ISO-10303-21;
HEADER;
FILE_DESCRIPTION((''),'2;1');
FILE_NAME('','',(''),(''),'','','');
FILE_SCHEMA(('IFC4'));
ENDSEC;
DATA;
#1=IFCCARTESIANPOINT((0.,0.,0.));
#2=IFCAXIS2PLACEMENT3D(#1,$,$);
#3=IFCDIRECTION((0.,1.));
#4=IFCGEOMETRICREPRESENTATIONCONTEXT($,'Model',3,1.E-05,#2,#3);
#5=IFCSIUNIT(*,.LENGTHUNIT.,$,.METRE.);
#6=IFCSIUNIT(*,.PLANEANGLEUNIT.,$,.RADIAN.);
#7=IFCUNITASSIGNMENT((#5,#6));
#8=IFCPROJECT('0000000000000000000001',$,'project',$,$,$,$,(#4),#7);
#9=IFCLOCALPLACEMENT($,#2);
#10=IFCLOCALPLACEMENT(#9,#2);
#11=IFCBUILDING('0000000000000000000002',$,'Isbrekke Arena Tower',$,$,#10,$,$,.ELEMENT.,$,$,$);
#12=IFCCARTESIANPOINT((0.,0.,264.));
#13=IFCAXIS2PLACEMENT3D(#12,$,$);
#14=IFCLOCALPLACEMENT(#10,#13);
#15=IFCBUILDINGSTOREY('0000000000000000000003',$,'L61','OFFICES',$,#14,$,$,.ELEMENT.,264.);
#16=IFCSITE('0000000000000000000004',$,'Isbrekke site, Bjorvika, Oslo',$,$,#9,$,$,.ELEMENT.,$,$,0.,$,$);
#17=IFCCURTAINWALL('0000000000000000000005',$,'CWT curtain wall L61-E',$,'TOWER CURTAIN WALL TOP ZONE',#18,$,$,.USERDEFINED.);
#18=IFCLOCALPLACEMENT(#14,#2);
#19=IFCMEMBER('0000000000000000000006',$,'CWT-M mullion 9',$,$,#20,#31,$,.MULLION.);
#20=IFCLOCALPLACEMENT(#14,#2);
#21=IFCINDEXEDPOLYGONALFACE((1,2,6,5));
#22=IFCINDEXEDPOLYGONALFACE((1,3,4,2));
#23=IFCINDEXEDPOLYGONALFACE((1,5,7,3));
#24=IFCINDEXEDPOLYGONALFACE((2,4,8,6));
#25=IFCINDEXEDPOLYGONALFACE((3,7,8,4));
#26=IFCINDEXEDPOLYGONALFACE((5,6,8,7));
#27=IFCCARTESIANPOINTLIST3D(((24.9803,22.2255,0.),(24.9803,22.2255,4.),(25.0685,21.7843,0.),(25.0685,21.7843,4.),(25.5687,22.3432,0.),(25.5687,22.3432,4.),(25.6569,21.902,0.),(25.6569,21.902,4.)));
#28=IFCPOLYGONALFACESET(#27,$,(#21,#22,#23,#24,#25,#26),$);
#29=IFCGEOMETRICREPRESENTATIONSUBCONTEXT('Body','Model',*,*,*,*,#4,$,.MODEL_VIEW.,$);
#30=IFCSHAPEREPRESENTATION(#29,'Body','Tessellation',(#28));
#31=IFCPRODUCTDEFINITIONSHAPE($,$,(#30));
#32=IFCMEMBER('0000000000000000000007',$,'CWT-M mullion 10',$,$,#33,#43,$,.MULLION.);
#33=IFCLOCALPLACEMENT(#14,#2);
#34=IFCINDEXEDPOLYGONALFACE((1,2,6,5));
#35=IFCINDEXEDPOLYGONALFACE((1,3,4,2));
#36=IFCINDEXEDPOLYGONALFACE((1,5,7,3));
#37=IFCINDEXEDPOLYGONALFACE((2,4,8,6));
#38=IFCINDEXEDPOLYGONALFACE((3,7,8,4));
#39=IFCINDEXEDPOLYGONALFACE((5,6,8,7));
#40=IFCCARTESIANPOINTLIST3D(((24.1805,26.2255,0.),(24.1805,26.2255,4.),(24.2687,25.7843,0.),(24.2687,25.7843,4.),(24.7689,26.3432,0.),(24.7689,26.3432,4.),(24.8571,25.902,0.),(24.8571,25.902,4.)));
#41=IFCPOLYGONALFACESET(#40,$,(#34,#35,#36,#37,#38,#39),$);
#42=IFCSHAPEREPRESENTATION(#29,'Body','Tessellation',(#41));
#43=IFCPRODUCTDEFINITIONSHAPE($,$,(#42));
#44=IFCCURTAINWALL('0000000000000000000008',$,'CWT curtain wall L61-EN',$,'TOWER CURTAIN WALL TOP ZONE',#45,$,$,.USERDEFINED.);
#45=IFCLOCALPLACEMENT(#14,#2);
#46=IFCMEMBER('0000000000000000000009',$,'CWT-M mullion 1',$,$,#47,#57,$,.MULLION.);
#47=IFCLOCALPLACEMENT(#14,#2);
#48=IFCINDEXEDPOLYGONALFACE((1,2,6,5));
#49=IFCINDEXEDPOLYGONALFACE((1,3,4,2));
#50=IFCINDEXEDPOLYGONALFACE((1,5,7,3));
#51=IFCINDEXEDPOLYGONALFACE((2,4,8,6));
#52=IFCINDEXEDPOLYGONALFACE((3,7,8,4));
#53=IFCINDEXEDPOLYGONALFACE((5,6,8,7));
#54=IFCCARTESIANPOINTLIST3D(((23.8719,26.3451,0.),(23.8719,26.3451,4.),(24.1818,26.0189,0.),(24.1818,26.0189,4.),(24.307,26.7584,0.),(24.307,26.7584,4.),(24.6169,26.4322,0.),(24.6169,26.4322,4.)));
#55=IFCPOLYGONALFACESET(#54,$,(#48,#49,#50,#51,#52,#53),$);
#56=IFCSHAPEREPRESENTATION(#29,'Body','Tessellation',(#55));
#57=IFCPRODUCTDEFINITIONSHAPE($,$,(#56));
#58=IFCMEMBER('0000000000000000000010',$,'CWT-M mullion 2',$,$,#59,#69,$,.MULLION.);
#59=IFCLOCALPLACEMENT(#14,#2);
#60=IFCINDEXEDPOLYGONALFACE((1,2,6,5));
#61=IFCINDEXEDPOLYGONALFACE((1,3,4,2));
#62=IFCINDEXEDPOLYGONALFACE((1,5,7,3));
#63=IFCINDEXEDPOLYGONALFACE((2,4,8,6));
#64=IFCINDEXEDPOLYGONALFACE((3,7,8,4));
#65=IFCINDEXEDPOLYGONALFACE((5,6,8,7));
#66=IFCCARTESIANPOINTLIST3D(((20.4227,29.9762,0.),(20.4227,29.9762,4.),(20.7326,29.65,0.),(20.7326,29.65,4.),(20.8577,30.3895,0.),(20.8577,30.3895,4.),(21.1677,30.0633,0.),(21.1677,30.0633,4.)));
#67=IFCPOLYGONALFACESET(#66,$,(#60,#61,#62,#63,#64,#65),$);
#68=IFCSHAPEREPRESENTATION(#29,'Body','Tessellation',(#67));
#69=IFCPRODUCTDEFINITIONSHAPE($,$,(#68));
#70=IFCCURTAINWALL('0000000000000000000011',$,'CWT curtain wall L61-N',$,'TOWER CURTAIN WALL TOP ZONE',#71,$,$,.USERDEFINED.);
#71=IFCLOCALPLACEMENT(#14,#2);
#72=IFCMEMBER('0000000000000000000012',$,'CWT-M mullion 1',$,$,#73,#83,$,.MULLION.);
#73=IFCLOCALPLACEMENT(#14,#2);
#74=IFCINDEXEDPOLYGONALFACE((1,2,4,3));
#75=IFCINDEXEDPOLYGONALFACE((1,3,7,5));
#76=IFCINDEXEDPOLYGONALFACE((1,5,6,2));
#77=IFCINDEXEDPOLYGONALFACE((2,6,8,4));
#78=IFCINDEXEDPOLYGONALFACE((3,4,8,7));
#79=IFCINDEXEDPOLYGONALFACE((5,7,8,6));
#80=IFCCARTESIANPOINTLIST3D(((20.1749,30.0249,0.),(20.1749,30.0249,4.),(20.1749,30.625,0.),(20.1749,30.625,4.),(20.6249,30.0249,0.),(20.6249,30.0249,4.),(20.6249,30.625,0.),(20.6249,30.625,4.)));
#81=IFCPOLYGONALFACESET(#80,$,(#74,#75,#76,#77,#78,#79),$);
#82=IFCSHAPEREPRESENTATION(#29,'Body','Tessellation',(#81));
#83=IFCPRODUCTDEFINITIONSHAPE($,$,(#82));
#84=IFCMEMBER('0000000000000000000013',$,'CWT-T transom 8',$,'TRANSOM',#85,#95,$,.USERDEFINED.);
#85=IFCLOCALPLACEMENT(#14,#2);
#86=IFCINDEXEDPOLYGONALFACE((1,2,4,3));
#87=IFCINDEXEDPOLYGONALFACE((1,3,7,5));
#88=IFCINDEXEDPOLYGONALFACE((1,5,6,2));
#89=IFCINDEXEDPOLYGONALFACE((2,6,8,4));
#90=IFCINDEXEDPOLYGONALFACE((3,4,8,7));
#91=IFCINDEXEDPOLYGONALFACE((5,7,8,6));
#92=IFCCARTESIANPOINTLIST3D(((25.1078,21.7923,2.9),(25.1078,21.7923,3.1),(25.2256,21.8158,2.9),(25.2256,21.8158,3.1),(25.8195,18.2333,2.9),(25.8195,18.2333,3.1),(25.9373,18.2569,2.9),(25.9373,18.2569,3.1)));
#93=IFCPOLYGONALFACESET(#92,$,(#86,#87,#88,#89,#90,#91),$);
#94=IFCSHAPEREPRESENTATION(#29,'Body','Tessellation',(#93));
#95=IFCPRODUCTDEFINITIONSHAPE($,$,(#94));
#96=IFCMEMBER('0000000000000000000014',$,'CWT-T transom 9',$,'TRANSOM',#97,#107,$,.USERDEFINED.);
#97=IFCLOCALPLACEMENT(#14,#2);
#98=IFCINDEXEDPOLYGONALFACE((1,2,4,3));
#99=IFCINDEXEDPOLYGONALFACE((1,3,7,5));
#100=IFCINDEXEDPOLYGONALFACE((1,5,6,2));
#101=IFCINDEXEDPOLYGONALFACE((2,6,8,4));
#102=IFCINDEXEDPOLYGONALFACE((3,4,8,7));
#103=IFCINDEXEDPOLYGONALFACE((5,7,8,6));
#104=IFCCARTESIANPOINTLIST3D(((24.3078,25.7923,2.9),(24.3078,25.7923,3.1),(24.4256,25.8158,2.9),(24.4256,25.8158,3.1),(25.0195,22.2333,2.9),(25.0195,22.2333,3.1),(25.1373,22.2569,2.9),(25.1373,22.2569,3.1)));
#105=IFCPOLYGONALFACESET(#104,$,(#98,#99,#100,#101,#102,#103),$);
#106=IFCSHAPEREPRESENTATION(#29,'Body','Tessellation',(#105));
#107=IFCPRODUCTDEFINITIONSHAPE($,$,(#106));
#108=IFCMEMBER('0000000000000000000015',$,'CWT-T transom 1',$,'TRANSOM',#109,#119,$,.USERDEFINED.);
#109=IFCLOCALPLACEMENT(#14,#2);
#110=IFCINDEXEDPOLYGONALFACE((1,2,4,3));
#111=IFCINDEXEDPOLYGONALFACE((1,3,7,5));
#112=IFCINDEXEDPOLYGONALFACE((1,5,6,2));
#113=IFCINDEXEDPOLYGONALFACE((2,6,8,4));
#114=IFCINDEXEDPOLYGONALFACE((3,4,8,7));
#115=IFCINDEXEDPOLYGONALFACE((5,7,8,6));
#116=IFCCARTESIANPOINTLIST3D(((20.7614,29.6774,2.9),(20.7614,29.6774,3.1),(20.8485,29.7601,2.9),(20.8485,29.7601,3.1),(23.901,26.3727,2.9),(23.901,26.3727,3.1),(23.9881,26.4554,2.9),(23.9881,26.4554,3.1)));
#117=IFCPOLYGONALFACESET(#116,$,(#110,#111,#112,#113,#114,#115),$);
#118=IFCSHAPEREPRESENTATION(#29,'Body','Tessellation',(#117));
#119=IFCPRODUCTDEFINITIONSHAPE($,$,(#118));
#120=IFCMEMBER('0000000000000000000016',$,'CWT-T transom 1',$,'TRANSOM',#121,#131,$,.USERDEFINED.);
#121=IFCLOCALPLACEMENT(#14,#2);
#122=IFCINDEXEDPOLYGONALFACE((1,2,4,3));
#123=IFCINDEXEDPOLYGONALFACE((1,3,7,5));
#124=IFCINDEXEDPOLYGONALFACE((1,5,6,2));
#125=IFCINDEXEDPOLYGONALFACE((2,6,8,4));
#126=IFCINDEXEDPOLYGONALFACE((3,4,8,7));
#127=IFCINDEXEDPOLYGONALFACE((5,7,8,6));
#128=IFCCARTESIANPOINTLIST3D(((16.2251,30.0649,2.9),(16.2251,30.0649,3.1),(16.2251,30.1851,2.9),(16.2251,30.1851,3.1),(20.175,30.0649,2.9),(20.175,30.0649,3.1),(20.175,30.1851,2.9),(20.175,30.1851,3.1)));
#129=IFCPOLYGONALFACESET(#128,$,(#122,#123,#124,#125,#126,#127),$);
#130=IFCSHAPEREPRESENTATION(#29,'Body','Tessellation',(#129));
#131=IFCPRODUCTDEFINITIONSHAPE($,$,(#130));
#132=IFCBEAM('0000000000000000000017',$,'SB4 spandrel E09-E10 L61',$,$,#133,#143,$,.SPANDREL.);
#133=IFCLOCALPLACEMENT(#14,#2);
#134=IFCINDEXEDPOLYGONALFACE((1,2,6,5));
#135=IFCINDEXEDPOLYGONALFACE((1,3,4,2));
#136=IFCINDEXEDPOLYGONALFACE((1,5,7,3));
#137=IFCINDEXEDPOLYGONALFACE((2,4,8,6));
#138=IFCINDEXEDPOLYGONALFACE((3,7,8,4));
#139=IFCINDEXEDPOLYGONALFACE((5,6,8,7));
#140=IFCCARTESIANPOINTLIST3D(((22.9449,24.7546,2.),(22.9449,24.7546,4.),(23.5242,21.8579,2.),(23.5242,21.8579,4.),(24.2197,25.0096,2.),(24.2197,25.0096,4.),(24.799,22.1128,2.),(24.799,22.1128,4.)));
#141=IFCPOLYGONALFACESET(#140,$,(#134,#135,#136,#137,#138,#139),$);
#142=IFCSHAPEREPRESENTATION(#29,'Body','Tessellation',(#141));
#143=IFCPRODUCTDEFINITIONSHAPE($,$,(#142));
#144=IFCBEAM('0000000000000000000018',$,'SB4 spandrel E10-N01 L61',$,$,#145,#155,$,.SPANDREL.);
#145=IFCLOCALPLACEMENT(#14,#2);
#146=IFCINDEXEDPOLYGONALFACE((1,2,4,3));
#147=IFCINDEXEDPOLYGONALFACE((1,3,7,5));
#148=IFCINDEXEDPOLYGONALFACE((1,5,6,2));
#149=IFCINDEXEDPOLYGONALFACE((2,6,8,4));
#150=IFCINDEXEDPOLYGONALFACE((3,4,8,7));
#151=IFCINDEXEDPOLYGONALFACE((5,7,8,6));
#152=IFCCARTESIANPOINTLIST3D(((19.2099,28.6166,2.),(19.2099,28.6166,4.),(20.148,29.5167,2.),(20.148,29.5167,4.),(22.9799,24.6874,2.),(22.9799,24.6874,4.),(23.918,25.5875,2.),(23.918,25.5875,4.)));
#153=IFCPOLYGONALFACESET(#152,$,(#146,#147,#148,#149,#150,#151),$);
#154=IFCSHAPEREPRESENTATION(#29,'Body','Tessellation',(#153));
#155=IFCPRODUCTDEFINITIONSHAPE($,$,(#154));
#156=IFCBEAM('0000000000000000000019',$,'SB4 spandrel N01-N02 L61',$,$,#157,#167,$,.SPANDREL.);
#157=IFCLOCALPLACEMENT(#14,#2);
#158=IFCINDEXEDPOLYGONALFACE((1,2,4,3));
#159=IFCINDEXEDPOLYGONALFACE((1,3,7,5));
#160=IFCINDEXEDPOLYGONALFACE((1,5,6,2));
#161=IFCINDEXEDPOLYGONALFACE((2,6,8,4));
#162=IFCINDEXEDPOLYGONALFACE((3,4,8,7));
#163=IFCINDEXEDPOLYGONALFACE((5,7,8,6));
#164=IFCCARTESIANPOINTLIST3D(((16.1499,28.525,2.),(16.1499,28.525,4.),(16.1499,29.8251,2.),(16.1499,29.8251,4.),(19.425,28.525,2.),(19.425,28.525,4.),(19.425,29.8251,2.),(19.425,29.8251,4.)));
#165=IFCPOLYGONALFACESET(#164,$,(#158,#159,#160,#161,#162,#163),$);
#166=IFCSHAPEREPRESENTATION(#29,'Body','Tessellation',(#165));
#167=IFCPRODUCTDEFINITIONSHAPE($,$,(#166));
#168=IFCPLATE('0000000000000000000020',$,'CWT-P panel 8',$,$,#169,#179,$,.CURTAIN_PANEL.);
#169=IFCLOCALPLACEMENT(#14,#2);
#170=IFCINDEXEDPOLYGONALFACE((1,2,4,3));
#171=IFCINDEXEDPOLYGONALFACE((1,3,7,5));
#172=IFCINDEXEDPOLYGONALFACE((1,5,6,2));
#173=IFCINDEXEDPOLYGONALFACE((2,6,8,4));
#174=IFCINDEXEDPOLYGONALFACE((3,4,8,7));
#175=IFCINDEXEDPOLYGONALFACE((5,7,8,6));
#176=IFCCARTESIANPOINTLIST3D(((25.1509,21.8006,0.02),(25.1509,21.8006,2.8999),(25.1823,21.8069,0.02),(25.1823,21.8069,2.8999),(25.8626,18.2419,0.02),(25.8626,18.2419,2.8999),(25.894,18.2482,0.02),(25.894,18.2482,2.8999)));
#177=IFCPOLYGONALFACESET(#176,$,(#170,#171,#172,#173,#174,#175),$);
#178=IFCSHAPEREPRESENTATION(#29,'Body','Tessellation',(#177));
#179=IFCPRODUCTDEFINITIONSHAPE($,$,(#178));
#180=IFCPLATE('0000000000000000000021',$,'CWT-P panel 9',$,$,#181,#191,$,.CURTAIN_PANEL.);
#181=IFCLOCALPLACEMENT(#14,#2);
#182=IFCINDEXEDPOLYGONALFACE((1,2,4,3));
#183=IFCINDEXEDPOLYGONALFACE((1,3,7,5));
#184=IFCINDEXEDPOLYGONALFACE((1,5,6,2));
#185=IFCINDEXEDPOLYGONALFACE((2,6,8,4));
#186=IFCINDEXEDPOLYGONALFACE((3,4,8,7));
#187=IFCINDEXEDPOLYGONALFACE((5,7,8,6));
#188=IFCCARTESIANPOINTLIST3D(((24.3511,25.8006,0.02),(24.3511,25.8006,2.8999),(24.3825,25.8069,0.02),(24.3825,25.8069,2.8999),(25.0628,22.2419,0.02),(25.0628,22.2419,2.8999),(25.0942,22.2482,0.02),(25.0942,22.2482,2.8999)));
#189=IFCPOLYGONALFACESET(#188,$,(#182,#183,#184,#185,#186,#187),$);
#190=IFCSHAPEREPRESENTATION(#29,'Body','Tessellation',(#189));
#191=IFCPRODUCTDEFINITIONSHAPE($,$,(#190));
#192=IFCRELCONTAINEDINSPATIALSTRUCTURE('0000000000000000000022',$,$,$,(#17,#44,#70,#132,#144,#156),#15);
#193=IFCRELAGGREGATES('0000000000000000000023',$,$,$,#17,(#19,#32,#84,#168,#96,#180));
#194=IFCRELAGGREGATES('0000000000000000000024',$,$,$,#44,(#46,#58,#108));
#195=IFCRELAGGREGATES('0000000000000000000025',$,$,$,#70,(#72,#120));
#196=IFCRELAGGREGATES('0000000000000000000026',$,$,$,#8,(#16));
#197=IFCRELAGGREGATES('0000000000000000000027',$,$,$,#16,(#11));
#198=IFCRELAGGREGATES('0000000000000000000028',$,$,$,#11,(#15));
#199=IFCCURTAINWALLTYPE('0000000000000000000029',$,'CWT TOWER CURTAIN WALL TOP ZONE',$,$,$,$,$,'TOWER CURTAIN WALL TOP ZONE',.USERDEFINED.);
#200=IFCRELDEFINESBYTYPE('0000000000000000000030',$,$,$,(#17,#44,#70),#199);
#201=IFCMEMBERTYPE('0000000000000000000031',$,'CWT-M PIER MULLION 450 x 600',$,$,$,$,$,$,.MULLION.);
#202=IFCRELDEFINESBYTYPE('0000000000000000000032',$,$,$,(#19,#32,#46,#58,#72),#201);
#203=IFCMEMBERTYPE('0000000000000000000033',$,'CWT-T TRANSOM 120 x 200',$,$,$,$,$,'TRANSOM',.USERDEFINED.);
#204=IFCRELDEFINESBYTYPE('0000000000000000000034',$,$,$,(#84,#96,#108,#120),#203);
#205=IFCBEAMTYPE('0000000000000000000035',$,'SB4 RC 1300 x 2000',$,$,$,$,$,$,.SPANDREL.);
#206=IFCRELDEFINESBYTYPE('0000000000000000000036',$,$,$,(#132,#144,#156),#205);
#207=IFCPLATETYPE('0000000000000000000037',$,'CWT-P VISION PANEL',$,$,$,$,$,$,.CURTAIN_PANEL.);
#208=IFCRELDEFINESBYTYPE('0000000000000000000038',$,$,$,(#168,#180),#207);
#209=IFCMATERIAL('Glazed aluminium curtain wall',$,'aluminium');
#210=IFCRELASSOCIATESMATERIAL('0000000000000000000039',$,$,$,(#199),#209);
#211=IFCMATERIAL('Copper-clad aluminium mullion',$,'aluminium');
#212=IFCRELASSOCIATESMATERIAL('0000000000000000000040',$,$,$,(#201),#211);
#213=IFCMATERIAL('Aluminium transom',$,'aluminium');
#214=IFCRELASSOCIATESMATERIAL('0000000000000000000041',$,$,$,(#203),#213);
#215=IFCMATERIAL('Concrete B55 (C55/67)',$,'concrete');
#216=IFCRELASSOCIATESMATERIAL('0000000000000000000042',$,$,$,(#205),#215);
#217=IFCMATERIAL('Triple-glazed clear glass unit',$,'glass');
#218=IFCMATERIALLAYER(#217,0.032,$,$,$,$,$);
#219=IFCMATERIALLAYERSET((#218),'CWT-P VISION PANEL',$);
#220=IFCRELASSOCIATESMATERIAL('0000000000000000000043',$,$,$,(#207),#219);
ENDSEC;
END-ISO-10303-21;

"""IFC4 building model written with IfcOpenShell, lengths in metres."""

from ifc_helpers import new_model, si_unit, direction, frame, origin, origin_2d, place, context, subcontext, project, spatial, rectangle, extrude, material, layer, layer_set, material_profile, profile_set, type_object, element, aggregate, save


model = new_model("IFC4")

# Units and contexts
model_context = context("Model", 3, precision=1e-05, world=origin(), true_north=direction((0.0, 1.0)))
body_context = subcontext(model_context, "Body", "Model", "MODEL_VIEW")
ifc_project = project(units=[si_unit("LENGTHUNIT", "METRE"), si_unit("PLANEANGLEUNIT", "RADIAN")], contexts=[model_context])

# Site, building, storey
site_placement = place(None, origin())
site = spatial("IfcSite", under=ifc_project, at=site_placement, Name="Isbrekke site, Bjorvika, Oslo", CompositionType="ELEMENT", RefElevation=0.0)
building_placement = place(site_placement, origin())
building = spatial("IfcBuilding", under=site, at=building_placement, Name="Isbrekke Arena Tower", CompositionType="ELEMENT")
storey_placement = place(building_placement, frame((0.0, 0.0, 264.0)))
storey = spatial("IfcBuildingStorey", under=building, at=storey_placement, Name="L61", Description="OFFICES", CompositionType="ELEMENT", Elevation=264.0)

# Curtain walls, members
ifc_material_1 = material(Name="Glazed aluminium curtain wall", Category="aluminium")
curtain_wall_type = type_object("IfcCurtainWallType", Name="CWT TOWER CURTAIN WALL TOP ZONE", ElementType="TOWER CURTAIN WALL TOP ZONE", PredefinedType="USERDEFINED", material=ifc_material_1)
curtain_wall_1_placement = place(storey_placement, origin())
curtain_wall_1 = element("IfcCurtainWall", 1, at=curtain_wall_1_placement, inside=storey, type_object=curtain_wall_type, Name="CWT curtain wall L61-E", ObjectType="TOWER CURTAIN WALL TOP ZONE", PredefinedType="USERDEFINED")
ifc_material_2 = material(Name="Copper-clad aluminium mullion", Category="aluminium")
ifc_material_profile_1 = material_profile(ifc_material_2, rectangle(XDim=0.45, YDim=0.6001, at=origin_2d()), Name="PIER 450X600")
ifc_profile_set_1 = profile_set([ifc_material_profile_1], Name="Copper-clad aluminium mullion")
member_type_1 = type_object("IfcMemberType", Name="CWT-M PIER MULLION 450 x 600", PredefinedType="MULLION", material=ifc_profile_set_1)
member_1_placement = place(storey_placement, frame((25.3186, 22.0637, 0.0), z_axis=(0.0, 0.0, 1.0), x_axis=(-0.196116, 0.980581, 0.0)))
member_1 = element("IfcMember", 2, at=member_1_placement, type_object=member_type_1, Name="CWT-M mullion 9", PredefinedType="MULLION", context=body_context, shape_type="SweptSolid", body=[
    extrude(rectangle(XDim=0.45, YDim=0.6001, at=origin_2d()), origin(), (0.0, 0.0, 1.0), 4.0),
])
member_2_placement = place(storey_placement, frame((24.5188, 26.0637, 0.0), z_axis=(0.0, 0.0, 1.0), x_axis=(-0.196116, 0.980581, 0.0)))
member_2 = element("IfcMember", 3, at=member_2_placement, type_object=member_type_1, Name="CWT-M mullion 10", PredefinedType="MULLION", context=body_context, shape_type="SweptSolid", body=[
    extrude(rectangle(XDim=0.45, YDim=0.6001, at=origin_2d()), origin(), (0.0, 0.0, 1.0), 4.0),
])
curtain_wall_2_placement = place(storey_placement, origin())
curtain_wall_2 = element("IfcCurtainWall", 4, at=curtain_wall_2_placement, inside=storey, type_object=curtain_wall_type, Name="CWT curtain wall L61-EN", ObjectType="TOWER CURTAIN WALL TOP ZONE", PredefinedType="USERDEFINED")
member_3_placement = place(storey_placement, frame((24.2444, 26.3887, 0.0), z_axis=(0.0, 0.0, 1.0), x_axis=(-0.688749, 0.724999, 0.0)))
member_3 = element("IfcMember", 5, at=member_3_placement, type_object=member_type_1, Name="CWT-M mullion 1", PredefinedType="MULLION", context=body_context, shape_type="SweptSolid", body=[
    extrude(rectangle(XDim=0.45, YDim=0.6001, at=origin_2d()), origin(), (0.0, 0.0, 1.0), 4.0),
])
member_4_placement = place(storey_placement, frame((20.7952, 30.0198, 0.0), z_axis=(0.0, 0.0, 1.0), x_axis=(-0.688749, 0.724999, 0.0)))
member_4 = element("IfcMember", 6, at=member_4_placement, type_object=member_type_1, Name="CWT-M mullion 2", PredefinedType="MULLION", context=body_context, shape_type="SweptSolid", body=[
    extrude(rectangle(XDim=0.45, YDim=0.6001, at=origin_2d()), origin(), (0.0, 0.0, 1.0), 4.0),
])

# Curtain wall, member
curtain_wall_3_placement = place(storey_placement, origin())
curtain_wall_3 = element("IfcCurtainWall", 7, at=curtain_wall_3_placement, inside=storey, type_object=curtain_wall_type, Name="CWT curtain wall L61-N", ObjectType="TOWER CURTAIN WALL TOP ZONE", PredefinedType="USERDEFINED")
member_5_placement = place(storey_placement, frame((20.3999, 30.325, 0.0), z_axis=(0.0, 0.0, 1.0), x_axis=(-1.0, 0.0, 0.0)))
member_5 = element("IfcMember", 8, at=member_5_placement, type_object=member_type_1, Name="CWT-M mullion 1", PredefinedType="MULLION", context=body_context, shape_type="SweptSolid", body=[
    extrude(rectangle(XDim=0.45, YDim=0.6001, at=origin_2d()), origin(), (0.0, 0.0, 1.0), 4.0),
])

# Members
ifc_material_3 = material(Name="Aluminium transom", Category="aluminium")
ifc_material_profile_2 = material_profile(ifc_material_3, rectangle(XDim=0.1201, YDim=0.2, at=origin_2d()), Name="TRANSOM 120X200")
ifc_profile_set_2 = profile_set([ifc_material_profile_2], Name="Aluminium transom")
member_type_2 = type_object("IfcMemberType", Name="CWT-T TRANSOM 120 x 200", ElementType="TRANSOM", PredefinedType="USERDEFINED", material=ifc_profile_set_2)
member_6_placement = place(storey_placement, frame((25.8784, 18.2451, 3.0), z_axis=(-0.19609, 0.980586, 0.0), x_axis=(-0.980586, -0.19609, 0.0)))
member_6 = element("IfcMember", 9, at=member_6_placement, type_object=member_type_2, Name="CWT-T transom 8", ObjectType="TRANSOM", PredefinedType="USERDEFINED", context=body_context, shape_type="SweptSolid", body=[
    extrude(rectangle(XDim=0.1201, YDim=0.2, at=origin_2d()), origin(), (0.0, 0.0, 1.0), 3.6294),
])
member_7_placement = place(storey_placement, frame((25.0784, 22.2451, 3.0), z_axis=(-0.19609, 0.980586, 0.0), x_axis=(-0.980586, -0.19609, 0.0)))
member_7 = element("IfcMember", 10, at=member_7_placement, type_object=member_type_2, Name="CWT-T transom 9", ObjectType="TRANSOM", PredefinedType="USERDEFINED", context=body_context, shape_type="SweptSolid", body=[
    extrude(rectangle(XDim=0.1201, YDim=0.2, at=origin_2d()), origin(), (0.0, 0.0, 1.0), 3.6294),
])
member_8_placement = place(storey_placement, frame((23.9446, 26.4141, 3.0), z_axis=(-0.688772, 0.724978, 0.0), x_axis=(-0.724978, -0.688772, 0.0)))
member_8 = element("IfcMember", 11, at=member_8_placement, type_object=member_type_2, Name="CWT-T transom 1", ObjectType="TRANSOM", PredefinedType="USERDEFINED", context=body_context, shape_type="SweptSolid", body=[
    extrude(rectangle(XDim=0.1201, YDim=0.2, at=origin_2d()), origin(), (0.0, 0.0, 1.0), 4.5583),
])
member_9_placement = place(storey_placement, frame((20.175, 30.125, 3.0), z_axis=(-1.0, 0.0, 0.0), x_axis=(0.0, -1.0, 0.0)))
member_9 = element("IfcMember", 12, at=member_9_placement, type_object=member_type_2, Name="CWT-T transom 1", ObjectType="TRANSOM", PredefinedType="USERDEFINED", context=body_context, shape_type="SweptSolid", body=[
    extrude(rectangle(XDim=0.1201, YDim=0.2, at=origin_2d()), origin(), (0.0, 0.0, 1.0), 3.95),
])

# Beams
ifc_material_4 = material(Name="Concrete B55 (C55/67)", Category="concrete")
ifc_material_profile_3 = material_profile(ifc_material_4, rectangle(XDim=1.3, YDim=2.0, at=origin_2d()), Name="RC 1300x2000")
ifc_profile_set_3 = profile_set([ifc_material_profile_3], Name="Concrete B55 (C55/67)")
beam_type_1 = type_object("IfcBeamType", Name="SB4 RC 1300 x 2000", PredefinedType="SPANDREL", material=ifc_profile_set_3)
beam_1_placement = place(storey_placement, frame((24.1616, 21.9854, 3.0), z_axis=(-0.196116, 0.980581, 0.0), x_axis=(-0.980581, -0.196116, 0.0)))
element("IfcBeam", 13, at=beam_1_placement, inside=storey, type_object=beam_type_1, Name="SB4 spandrel E09-E10 L61", PredefinedType="SPANDREL", context=body_context, shape_type="SweptSolid", body=[
    extrude(rectangle(XDim=1.3, YDim=2.0, at=origin_2d()), origin(), (0.0, 0.0, 1.0), 2.9541),
])
beam_2_placement = place(storey_placement, frame((23.449, 25.1375, 3.0), z_axis=(-0.69234, 0.721572, 0.0), x_axis=(-0.721572, -0.69234, 0.0)))
element("IfcBeam", 14, at=beam_2_placement, inside=storey, type_object=beam_type_1, Name="SB4 spandrel E10-N01 L61", PredefinedType="SPANDREL", context=body_context, shape_type="SweptSolid", body=[
    extrude(rectangle(XDim=1.3, YDim=2.0, at=origin_2d()), origin(), (0.0, 0.0, 1.0), 5.4453),
])
beam_3_placement = place(storey_placement, frame((19.425, 29.175, 3.0), z_axis=(-1.0, 0.0, 0.0), x_axis=(0.0, -1.0, 0.0)))
element("IfcBeam", 15, at=beam_3_placement, inside=storey, type_object=beam_type_1, Name="SB4 spandrel N01-N02 L61", PredefinedType="SPANDREL", context=body_context, shape_type="SweptSolid", body=[
    extrude(rectangle(XDim=1.3, YDim=2.0, at=origin_2d()), origin(), (0.0, 0.0, 1.0), 3.2751),
])

# Plates
ifc_material_5 = material(Name="Triple-glazed clear glass unit", Category="glass")
ifc_layer_1 = layer(ifc_material_5, 0.032)
ifc_layer_set_1 = layer_set([ifc_layer_1], Name="CWT-P VISION PANEL")
plate_type = type_object("IfcPlateType", Name="CWT-P VISION PANEL", PredefinedType="CURTAIN_PANEL", material=ifc_layer_set_1)
plate_1_placement = place(storey_placement, frame((25.5225, 20.0244, 0.02), z_axis=(0.0, 0.0, 1.0), x_axis=(-0.196116, 0.980581, 0.0)))
plate_1 = element("IfcPlate", 16, at=plate_1_placement, type_object=plate_type, Name="CWT-P panel 8", PredefinedType="CURTAIN_PANEL", context=body_context, shape_type="SweptSolid", body=[
    extrude(rectangle(XDim=3.6292, YDim=0.032, at=origin_2d()), origin(), (0.0, 0.0, 1.0), 2.8799),
])
plate_2_placement = place(storey_placement, frame((24.7227, 24.0244, 0.02), z_axis=(0.0, 0.0, 1.0), x_axis=(-0.196116, 0.980581, 0.0)))
plate_2 = element("IfcPlate", 17, at=plate_2_placement, type_object=plate_type, Name="CWT-P panel 9", PredefinedType="CURTAIN_PANEL", context=body_context, shape_type="SweptSolid", body=[
    extrude(rectangle(XDim=3.6292, YDim=0.032, at=origin_2d()), origin(), (0.0, 0.0, 1.0), 2.8799),
])
aggregate(curtain_wall_1, [member_1, member_2, member_6, plate_1, member_7, plate_2])
aggregate(curtain_wall_2, [member_3, member_4, member_8])
aggregate(curtain_wall_3, [member_5, member_9])

save(model, "model.ifc")
